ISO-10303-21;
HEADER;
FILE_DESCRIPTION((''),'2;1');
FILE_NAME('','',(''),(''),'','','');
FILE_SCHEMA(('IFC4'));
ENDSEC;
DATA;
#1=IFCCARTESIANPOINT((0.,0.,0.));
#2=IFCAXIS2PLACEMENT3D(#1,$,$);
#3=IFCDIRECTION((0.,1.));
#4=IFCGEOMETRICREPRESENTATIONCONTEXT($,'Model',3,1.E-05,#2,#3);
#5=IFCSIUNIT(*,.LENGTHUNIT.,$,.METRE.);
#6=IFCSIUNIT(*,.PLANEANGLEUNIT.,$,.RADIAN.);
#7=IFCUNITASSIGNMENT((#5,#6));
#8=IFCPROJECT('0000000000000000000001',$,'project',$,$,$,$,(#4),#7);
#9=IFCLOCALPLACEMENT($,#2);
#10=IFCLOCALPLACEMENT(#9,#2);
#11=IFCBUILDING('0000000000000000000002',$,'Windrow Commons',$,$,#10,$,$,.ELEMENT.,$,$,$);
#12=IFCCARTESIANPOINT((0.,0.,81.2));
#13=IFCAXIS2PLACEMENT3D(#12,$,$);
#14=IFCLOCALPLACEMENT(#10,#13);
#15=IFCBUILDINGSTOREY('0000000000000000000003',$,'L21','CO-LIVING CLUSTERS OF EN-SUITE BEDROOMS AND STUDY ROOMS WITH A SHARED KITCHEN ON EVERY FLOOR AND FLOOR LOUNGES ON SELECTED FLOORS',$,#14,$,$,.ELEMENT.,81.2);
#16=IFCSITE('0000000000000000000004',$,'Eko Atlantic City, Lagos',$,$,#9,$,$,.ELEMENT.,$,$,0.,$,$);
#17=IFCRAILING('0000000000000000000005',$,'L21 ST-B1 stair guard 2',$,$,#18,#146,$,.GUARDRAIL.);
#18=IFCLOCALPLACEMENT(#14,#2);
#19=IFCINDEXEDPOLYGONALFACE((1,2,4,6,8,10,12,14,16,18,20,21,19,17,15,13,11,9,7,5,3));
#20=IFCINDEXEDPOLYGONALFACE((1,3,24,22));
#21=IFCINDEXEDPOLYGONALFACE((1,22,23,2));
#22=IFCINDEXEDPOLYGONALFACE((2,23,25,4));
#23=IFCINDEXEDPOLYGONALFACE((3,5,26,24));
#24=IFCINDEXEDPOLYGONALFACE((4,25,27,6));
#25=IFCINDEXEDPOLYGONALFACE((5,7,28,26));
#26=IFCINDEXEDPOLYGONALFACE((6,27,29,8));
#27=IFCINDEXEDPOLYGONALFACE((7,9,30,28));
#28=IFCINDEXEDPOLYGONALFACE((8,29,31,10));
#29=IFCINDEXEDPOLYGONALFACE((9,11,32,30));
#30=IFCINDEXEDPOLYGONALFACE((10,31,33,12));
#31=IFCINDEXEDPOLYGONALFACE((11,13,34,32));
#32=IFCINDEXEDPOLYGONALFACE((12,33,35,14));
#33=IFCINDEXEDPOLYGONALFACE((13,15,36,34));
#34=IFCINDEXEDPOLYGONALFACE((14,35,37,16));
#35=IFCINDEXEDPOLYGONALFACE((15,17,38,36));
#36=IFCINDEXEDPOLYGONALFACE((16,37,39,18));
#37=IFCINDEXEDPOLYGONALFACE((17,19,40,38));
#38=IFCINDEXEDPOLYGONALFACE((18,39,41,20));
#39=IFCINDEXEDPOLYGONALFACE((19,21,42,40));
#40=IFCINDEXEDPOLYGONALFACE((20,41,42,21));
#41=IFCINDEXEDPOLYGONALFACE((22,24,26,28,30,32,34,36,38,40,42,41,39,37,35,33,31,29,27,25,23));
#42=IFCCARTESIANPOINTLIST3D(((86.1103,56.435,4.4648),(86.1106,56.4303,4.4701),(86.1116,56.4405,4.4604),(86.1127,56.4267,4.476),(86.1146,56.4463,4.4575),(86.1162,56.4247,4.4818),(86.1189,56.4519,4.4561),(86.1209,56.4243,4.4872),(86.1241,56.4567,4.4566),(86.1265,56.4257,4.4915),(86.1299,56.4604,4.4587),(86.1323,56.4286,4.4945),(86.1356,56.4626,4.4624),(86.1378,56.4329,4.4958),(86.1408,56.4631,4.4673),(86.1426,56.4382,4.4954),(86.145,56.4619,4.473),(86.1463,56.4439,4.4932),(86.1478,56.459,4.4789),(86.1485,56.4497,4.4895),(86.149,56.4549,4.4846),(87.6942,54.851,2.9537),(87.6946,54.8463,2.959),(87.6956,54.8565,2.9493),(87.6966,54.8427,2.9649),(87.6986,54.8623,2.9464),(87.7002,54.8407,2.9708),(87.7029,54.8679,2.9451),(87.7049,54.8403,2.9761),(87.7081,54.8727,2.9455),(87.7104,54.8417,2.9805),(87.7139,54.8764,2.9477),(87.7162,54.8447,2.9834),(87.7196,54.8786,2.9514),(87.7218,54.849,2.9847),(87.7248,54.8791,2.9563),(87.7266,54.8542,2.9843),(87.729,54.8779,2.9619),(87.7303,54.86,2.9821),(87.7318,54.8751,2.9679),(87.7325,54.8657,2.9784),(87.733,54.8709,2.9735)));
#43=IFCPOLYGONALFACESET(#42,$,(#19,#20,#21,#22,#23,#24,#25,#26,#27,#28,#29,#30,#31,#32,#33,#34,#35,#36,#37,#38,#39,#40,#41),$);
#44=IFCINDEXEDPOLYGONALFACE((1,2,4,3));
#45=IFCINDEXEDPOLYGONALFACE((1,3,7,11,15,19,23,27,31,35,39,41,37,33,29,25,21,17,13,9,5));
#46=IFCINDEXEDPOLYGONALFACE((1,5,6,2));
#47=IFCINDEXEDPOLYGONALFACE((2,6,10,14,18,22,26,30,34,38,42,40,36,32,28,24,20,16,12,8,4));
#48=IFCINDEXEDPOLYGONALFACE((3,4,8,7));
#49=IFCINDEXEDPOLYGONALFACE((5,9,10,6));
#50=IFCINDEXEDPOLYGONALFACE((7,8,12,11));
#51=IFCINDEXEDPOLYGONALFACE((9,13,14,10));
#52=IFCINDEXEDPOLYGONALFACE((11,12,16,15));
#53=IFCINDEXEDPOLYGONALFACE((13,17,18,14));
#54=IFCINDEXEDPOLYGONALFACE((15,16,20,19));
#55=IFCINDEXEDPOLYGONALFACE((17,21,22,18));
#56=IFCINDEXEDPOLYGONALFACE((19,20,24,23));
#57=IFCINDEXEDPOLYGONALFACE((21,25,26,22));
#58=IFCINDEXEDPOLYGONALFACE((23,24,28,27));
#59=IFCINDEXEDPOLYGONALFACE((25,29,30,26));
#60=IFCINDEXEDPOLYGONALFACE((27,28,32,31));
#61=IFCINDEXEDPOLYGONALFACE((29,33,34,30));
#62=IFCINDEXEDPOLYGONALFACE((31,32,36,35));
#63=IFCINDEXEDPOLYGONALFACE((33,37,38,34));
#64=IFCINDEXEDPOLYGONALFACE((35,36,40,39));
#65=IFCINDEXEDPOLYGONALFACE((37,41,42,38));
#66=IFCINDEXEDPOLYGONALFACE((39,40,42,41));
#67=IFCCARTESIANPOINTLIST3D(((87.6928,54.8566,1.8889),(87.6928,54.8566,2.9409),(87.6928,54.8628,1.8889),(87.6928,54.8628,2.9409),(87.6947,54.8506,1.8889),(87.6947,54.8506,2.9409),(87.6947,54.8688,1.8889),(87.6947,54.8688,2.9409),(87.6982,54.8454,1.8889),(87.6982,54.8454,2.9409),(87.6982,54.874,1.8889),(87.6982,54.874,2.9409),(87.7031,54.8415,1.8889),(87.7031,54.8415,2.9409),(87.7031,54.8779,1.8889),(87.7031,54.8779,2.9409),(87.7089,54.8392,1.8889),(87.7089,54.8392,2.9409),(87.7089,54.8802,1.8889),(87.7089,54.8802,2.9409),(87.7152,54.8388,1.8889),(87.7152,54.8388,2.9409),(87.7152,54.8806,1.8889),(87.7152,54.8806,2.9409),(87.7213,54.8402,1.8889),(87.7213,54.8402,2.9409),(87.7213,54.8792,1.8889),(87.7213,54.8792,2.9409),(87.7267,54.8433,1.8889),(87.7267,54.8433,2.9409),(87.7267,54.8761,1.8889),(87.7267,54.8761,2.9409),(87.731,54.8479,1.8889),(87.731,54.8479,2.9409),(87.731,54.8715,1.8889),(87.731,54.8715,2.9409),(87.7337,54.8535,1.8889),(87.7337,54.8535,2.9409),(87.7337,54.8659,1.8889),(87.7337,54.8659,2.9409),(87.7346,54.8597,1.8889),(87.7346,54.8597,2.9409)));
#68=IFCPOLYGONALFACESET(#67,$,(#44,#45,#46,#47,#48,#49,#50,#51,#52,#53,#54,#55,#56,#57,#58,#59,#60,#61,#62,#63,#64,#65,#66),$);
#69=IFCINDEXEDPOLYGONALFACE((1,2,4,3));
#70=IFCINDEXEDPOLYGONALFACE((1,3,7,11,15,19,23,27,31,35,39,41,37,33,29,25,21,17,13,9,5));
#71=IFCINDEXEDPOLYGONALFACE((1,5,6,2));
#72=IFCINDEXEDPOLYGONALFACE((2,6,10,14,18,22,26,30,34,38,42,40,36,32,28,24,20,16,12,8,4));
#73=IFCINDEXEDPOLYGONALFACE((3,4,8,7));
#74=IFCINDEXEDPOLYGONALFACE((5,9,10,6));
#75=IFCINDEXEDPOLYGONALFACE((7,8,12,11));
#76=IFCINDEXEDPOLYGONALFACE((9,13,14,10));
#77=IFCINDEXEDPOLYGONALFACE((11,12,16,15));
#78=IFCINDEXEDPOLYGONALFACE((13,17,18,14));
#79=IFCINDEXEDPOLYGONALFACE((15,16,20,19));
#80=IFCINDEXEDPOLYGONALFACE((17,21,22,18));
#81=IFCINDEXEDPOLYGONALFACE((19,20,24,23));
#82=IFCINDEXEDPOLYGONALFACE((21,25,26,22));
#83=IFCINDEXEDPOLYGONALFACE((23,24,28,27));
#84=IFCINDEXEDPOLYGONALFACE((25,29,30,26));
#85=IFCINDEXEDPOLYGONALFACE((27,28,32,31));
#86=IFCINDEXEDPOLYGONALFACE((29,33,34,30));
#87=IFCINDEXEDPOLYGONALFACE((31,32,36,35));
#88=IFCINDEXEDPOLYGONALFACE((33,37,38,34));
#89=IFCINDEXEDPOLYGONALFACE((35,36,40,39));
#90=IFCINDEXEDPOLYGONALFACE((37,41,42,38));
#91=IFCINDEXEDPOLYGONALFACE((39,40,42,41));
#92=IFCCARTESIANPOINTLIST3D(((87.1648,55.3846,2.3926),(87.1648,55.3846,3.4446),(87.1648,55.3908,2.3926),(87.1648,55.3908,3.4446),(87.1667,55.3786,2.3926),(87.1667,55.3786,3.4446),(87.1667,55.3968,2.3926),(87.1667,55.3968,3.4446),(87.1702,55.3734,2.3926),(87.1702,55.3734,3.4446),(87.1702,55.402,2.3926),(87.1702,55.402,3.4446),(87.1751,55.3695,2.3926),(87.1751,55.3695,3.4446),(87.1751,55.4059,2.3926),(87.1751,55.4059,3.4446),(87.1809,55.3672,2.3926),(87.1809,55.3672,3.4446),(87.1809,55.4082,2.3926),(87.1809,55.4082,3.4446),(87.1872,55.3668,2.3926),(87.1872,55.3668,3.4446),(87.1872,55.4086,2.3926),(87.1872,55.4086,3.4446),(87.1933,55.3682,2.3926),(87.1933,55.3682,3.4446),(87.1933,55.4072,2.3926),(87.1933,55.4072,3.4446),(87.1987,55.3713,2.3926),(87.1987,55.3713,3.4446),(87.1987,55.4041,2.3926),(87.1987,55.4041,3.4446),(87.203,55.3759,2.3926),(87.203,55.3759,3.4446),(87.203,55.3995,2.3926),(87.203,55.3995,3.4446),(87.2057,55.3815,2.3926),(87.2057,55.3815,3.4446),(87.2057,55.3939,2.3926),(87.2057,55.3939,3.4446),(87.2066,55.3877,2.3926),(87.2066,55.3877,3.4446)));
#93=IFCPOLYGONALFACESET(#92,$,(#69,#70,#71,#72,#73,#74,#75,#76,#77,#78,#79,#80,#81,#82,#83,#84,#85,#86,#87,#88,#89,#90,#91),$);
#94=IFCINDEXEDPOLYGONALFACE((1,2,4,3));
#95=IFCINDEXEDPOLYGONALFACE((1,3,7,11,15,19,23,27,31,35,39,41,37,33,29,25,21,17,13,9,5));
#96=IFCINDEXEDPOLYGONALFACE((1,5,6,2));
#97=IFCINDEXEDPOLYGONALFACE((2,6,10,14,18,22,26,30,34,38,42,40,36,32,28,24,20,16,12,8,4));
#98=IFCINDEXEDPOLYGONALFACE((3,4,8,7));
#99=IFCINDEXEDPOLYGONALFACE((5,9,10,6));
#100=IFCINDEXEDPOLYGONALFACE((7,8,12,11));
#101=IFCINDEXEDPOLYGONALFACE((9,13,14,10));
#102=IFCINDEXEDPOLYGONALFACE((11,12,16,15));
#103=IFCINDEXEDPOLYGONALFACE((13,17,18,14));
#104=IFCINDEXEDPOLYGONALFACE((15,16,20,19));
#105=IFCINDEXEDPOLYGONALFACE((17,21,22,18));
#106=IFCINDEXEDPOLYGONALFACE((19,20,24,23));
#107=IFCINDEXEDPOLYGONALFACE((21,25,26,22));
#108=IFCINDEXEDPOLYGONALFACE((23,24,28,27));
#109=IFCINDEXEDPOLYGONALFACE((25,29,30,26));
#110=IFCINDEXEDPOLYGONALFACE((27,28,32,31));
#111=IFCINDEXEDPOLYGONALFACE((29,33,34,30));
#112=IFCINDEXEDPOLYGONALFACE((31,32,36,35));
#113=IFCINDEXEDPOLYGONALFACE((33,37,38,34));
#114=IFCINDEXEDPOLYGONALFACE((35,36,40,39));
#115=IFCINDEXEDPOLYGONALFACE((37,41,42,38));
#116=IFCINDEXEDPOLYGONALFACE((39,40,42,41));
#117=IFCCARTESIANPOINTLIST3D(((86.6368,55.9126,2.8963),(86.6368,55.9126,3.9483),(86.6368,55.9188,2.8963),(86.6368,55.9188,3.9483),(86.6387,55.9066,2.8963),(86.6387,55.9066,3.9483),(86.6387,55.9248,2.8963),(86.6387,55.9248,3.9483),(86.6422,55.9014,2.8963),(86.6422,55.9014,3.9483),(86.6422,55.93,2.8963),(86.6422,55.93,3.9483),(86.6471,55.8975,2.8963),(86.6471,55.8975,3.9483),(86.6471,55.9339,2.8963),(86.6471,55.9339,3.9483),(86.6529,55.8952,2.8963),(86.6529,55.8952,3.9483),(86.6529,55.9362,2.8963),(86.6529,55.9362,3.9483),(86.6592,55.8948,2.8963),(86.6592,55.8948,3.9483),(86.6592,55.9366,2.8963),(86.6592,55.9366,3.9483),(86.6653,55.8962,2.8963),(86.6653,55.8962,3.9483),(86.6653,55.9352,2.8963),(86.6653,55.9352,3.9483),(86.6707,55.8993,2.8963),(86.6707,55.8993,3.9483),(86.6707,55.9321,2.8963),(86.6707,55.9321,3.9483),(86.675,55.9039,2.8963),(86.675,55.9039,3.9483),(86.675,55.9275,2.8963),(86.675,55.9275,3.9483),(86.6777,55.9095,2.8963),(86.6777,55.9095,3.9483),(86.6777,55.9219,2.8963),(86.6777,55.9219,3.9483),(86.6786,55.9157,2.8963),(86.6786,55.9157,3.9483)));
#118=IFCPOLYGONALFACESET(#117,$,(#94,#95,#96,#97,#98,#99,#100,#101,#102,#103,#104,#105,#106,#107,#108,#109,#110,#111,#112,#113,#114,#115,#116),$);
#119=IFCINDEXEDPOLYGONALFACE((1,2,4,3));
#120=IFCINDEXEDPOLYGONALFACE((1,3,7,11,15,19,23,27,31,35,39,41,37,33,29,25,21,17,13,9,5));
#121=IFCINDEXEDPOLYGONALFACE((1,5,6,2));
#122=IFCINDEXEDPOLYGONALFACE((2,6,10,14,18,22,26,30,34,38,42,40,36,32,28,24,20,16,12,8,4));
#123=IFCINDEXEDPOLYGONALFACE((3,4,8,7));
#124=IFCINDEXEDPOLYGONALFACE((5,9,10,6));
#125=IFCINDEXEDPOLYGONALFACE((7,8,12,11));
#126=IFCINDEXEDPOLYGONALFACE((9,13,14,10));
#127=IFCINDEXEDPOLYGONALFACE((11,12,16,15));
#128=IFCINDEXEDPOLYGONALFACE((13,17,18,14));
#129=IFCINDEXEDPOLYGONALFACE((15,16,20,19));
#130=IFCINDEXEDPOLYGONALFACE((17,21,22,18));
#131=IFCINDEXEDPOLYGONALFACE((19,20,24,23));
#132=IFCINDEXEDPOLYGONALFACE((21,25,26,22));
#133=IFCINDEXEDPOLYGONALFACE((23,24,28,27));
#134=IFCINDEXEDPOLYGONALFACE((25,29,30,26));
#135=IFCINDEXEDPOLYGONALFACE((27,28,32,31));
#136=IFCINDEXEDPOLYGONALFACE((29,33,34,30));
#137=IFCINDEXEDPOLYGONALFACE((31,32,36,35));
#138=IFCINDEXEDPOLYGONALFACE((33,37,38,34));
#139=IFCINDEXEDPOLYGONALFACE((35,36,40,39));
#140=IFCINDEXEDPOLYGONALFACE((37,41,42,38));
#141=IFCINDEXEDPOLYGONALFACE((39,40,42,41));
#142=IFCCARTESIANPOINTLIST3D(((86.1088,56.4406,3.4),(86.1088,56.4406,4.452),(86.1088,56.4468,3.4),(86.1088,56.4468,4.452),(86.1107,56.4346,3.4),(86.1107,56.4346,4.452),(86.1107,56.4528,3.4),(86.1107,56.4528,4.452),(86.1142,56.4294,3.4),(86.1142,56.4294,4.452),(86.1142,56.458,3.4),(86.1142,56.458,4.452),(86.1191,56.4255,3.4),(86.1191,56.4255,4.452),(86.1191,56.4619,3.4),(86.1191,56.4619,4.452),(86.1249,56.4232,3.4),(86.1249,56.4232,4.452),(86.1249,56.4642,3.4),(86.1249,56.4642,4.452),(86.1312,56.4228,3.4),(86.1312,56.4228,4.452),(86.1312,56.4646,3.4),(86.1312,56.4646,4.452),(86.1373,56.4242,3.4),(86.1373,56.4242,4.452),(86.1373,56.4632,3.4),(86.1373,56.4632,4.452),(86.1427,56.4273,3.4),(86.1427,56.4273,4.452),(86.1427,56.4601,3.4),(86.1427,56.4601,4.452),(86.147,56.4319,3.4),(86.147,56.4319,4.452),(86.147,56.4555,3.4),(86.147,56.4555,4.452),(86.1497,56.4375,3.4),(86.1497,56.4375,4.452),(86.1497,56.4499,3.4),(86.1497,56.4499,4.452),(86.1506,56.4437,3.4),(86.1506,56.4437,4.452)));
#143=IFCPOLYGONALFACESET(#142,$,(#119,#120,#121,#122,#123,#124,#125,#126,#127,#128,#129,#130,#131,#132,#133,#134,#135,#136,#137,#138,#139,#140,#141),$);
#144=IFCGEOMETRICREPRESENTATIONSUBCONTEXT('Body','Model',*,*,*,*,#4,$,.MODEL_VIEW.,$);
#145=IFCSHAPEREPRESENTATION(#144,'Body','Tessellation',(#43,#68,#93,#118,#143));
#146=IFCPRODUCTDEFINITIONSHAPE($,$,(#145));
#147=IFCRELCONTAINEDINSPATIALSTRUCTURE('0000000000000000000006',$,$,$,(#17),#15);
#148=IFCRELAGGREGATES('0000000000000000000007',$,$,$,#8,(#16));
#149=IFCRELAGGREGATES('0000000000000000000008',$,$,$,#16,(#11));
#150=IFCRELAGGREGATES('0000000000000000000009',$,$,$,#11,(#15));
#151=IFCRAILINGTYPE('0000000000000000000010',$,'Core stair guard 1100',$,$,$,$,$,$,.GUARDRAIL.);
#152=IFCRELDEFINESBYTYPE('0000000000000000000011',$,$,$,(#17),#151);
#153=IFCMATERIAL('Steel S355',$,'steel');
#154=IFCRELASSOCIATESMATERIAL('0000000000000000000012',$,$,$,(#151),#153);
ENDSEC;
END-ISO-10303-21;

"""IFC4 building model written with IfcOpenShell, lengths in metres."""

from ifc_helpers import new_model, si_unit, direction, frame, origin, origin_2d, place, context, subcontext, project, spatial, circle, extrude, material, type_object, element, save


model = new_model("IFC4")

# Units and contexts
model_context = context("Model", 3, precision=1e-05, world=origin(), true_north=direction((0.0, 1.0)))
body_context = subcontext(model_context, "Body", "Model", "MODEL_VIEW")
ifc_project = project(units=[si_unit("LENGTHUNIT", "METRE"), si_unit("PLANEANGLEUNIT", "RADIAN")], contexts=[model_context])

# Site, building, storey
site_placement = place(None, origin())
site = spatial("IfcSite", under=ifc_project, at=site_placement, Name="Eko Atlantic City, Lagos", CompositionType="ELEMENT", RefElevation=0.0)
building_placement = place(site_placement, origin())
building = spatial("IfcBuilding", under=site, at=building_placement, Name="Windrow Commons", CompositionType="ELEMENT")
storey_placement = place(building_placement, frame((0.0, 0.0, 81.2)))
storey = spatial("IfcBuildingStorey", under=building, at=storey_placement, Name="L21", Description="CO-LIVING CLUSTERS OF EN-SUITE BEDROOMS AND STUDY ROOMS WITH A SHARED KITCHEN ON EVERY FLOOR AND FLOOR LOUNGES ON SELECTED FLOORS", CompositionType="ELEMENT", Elevation=81.2)

# Railing
ifc_material_1 = material(Name="Steel S355", Category="steel")
railing_type_1 = type_object("IfcRailingType", Name="Core stair guard 1100", PredefinedType="GUARDRAIL", material=ifc_material_1)
railing_1_placement = place(storey_placement, frame((87.7136, 54.8597, 1.8889)))
element("IfcRailing", 1, at=railing_1_placement, inside=storey, type_object=railing_type_1, Name="L21 ST-B1 stair guard 2", PredefinedType="GUARDRAIL", context=body_context, shape_type="SweptSolid", body=[
    extrude(circle(Radius=0.024, at=origin_2d()), frame((0.0, 0.0, 1.076), z_axis=(-0.586203, 0.586203, 0.559224), x_axis=(-0.707107, -0.707107, 0.0)), (0.0, 0.0, 1.0), 2.7021),
    extrude(circle(Radius=0.021, at=origin_2d()), origin(), (0.0, 0.0, 1.0), 1.052),
    extrude(circle(Radius=0.021, at=origin_2d()), frame((-0.528, 0.528, 0.5037)), (0.0, 0.0, 1.0), 1.052),
    extrude(circle(Radius=0.021, at=origin_2d()), frame((-1.056, 1.056, 1.0074)), (0.0, 0.0, 1.0), 1.052),
    extrude(circle(Radius=0.021, at=origin_2d()), frame((-1.584, 1.584, 1.5111)), (0.0, 0.0, 1.0), 1.052),
])

save(model, "model.ifc")
